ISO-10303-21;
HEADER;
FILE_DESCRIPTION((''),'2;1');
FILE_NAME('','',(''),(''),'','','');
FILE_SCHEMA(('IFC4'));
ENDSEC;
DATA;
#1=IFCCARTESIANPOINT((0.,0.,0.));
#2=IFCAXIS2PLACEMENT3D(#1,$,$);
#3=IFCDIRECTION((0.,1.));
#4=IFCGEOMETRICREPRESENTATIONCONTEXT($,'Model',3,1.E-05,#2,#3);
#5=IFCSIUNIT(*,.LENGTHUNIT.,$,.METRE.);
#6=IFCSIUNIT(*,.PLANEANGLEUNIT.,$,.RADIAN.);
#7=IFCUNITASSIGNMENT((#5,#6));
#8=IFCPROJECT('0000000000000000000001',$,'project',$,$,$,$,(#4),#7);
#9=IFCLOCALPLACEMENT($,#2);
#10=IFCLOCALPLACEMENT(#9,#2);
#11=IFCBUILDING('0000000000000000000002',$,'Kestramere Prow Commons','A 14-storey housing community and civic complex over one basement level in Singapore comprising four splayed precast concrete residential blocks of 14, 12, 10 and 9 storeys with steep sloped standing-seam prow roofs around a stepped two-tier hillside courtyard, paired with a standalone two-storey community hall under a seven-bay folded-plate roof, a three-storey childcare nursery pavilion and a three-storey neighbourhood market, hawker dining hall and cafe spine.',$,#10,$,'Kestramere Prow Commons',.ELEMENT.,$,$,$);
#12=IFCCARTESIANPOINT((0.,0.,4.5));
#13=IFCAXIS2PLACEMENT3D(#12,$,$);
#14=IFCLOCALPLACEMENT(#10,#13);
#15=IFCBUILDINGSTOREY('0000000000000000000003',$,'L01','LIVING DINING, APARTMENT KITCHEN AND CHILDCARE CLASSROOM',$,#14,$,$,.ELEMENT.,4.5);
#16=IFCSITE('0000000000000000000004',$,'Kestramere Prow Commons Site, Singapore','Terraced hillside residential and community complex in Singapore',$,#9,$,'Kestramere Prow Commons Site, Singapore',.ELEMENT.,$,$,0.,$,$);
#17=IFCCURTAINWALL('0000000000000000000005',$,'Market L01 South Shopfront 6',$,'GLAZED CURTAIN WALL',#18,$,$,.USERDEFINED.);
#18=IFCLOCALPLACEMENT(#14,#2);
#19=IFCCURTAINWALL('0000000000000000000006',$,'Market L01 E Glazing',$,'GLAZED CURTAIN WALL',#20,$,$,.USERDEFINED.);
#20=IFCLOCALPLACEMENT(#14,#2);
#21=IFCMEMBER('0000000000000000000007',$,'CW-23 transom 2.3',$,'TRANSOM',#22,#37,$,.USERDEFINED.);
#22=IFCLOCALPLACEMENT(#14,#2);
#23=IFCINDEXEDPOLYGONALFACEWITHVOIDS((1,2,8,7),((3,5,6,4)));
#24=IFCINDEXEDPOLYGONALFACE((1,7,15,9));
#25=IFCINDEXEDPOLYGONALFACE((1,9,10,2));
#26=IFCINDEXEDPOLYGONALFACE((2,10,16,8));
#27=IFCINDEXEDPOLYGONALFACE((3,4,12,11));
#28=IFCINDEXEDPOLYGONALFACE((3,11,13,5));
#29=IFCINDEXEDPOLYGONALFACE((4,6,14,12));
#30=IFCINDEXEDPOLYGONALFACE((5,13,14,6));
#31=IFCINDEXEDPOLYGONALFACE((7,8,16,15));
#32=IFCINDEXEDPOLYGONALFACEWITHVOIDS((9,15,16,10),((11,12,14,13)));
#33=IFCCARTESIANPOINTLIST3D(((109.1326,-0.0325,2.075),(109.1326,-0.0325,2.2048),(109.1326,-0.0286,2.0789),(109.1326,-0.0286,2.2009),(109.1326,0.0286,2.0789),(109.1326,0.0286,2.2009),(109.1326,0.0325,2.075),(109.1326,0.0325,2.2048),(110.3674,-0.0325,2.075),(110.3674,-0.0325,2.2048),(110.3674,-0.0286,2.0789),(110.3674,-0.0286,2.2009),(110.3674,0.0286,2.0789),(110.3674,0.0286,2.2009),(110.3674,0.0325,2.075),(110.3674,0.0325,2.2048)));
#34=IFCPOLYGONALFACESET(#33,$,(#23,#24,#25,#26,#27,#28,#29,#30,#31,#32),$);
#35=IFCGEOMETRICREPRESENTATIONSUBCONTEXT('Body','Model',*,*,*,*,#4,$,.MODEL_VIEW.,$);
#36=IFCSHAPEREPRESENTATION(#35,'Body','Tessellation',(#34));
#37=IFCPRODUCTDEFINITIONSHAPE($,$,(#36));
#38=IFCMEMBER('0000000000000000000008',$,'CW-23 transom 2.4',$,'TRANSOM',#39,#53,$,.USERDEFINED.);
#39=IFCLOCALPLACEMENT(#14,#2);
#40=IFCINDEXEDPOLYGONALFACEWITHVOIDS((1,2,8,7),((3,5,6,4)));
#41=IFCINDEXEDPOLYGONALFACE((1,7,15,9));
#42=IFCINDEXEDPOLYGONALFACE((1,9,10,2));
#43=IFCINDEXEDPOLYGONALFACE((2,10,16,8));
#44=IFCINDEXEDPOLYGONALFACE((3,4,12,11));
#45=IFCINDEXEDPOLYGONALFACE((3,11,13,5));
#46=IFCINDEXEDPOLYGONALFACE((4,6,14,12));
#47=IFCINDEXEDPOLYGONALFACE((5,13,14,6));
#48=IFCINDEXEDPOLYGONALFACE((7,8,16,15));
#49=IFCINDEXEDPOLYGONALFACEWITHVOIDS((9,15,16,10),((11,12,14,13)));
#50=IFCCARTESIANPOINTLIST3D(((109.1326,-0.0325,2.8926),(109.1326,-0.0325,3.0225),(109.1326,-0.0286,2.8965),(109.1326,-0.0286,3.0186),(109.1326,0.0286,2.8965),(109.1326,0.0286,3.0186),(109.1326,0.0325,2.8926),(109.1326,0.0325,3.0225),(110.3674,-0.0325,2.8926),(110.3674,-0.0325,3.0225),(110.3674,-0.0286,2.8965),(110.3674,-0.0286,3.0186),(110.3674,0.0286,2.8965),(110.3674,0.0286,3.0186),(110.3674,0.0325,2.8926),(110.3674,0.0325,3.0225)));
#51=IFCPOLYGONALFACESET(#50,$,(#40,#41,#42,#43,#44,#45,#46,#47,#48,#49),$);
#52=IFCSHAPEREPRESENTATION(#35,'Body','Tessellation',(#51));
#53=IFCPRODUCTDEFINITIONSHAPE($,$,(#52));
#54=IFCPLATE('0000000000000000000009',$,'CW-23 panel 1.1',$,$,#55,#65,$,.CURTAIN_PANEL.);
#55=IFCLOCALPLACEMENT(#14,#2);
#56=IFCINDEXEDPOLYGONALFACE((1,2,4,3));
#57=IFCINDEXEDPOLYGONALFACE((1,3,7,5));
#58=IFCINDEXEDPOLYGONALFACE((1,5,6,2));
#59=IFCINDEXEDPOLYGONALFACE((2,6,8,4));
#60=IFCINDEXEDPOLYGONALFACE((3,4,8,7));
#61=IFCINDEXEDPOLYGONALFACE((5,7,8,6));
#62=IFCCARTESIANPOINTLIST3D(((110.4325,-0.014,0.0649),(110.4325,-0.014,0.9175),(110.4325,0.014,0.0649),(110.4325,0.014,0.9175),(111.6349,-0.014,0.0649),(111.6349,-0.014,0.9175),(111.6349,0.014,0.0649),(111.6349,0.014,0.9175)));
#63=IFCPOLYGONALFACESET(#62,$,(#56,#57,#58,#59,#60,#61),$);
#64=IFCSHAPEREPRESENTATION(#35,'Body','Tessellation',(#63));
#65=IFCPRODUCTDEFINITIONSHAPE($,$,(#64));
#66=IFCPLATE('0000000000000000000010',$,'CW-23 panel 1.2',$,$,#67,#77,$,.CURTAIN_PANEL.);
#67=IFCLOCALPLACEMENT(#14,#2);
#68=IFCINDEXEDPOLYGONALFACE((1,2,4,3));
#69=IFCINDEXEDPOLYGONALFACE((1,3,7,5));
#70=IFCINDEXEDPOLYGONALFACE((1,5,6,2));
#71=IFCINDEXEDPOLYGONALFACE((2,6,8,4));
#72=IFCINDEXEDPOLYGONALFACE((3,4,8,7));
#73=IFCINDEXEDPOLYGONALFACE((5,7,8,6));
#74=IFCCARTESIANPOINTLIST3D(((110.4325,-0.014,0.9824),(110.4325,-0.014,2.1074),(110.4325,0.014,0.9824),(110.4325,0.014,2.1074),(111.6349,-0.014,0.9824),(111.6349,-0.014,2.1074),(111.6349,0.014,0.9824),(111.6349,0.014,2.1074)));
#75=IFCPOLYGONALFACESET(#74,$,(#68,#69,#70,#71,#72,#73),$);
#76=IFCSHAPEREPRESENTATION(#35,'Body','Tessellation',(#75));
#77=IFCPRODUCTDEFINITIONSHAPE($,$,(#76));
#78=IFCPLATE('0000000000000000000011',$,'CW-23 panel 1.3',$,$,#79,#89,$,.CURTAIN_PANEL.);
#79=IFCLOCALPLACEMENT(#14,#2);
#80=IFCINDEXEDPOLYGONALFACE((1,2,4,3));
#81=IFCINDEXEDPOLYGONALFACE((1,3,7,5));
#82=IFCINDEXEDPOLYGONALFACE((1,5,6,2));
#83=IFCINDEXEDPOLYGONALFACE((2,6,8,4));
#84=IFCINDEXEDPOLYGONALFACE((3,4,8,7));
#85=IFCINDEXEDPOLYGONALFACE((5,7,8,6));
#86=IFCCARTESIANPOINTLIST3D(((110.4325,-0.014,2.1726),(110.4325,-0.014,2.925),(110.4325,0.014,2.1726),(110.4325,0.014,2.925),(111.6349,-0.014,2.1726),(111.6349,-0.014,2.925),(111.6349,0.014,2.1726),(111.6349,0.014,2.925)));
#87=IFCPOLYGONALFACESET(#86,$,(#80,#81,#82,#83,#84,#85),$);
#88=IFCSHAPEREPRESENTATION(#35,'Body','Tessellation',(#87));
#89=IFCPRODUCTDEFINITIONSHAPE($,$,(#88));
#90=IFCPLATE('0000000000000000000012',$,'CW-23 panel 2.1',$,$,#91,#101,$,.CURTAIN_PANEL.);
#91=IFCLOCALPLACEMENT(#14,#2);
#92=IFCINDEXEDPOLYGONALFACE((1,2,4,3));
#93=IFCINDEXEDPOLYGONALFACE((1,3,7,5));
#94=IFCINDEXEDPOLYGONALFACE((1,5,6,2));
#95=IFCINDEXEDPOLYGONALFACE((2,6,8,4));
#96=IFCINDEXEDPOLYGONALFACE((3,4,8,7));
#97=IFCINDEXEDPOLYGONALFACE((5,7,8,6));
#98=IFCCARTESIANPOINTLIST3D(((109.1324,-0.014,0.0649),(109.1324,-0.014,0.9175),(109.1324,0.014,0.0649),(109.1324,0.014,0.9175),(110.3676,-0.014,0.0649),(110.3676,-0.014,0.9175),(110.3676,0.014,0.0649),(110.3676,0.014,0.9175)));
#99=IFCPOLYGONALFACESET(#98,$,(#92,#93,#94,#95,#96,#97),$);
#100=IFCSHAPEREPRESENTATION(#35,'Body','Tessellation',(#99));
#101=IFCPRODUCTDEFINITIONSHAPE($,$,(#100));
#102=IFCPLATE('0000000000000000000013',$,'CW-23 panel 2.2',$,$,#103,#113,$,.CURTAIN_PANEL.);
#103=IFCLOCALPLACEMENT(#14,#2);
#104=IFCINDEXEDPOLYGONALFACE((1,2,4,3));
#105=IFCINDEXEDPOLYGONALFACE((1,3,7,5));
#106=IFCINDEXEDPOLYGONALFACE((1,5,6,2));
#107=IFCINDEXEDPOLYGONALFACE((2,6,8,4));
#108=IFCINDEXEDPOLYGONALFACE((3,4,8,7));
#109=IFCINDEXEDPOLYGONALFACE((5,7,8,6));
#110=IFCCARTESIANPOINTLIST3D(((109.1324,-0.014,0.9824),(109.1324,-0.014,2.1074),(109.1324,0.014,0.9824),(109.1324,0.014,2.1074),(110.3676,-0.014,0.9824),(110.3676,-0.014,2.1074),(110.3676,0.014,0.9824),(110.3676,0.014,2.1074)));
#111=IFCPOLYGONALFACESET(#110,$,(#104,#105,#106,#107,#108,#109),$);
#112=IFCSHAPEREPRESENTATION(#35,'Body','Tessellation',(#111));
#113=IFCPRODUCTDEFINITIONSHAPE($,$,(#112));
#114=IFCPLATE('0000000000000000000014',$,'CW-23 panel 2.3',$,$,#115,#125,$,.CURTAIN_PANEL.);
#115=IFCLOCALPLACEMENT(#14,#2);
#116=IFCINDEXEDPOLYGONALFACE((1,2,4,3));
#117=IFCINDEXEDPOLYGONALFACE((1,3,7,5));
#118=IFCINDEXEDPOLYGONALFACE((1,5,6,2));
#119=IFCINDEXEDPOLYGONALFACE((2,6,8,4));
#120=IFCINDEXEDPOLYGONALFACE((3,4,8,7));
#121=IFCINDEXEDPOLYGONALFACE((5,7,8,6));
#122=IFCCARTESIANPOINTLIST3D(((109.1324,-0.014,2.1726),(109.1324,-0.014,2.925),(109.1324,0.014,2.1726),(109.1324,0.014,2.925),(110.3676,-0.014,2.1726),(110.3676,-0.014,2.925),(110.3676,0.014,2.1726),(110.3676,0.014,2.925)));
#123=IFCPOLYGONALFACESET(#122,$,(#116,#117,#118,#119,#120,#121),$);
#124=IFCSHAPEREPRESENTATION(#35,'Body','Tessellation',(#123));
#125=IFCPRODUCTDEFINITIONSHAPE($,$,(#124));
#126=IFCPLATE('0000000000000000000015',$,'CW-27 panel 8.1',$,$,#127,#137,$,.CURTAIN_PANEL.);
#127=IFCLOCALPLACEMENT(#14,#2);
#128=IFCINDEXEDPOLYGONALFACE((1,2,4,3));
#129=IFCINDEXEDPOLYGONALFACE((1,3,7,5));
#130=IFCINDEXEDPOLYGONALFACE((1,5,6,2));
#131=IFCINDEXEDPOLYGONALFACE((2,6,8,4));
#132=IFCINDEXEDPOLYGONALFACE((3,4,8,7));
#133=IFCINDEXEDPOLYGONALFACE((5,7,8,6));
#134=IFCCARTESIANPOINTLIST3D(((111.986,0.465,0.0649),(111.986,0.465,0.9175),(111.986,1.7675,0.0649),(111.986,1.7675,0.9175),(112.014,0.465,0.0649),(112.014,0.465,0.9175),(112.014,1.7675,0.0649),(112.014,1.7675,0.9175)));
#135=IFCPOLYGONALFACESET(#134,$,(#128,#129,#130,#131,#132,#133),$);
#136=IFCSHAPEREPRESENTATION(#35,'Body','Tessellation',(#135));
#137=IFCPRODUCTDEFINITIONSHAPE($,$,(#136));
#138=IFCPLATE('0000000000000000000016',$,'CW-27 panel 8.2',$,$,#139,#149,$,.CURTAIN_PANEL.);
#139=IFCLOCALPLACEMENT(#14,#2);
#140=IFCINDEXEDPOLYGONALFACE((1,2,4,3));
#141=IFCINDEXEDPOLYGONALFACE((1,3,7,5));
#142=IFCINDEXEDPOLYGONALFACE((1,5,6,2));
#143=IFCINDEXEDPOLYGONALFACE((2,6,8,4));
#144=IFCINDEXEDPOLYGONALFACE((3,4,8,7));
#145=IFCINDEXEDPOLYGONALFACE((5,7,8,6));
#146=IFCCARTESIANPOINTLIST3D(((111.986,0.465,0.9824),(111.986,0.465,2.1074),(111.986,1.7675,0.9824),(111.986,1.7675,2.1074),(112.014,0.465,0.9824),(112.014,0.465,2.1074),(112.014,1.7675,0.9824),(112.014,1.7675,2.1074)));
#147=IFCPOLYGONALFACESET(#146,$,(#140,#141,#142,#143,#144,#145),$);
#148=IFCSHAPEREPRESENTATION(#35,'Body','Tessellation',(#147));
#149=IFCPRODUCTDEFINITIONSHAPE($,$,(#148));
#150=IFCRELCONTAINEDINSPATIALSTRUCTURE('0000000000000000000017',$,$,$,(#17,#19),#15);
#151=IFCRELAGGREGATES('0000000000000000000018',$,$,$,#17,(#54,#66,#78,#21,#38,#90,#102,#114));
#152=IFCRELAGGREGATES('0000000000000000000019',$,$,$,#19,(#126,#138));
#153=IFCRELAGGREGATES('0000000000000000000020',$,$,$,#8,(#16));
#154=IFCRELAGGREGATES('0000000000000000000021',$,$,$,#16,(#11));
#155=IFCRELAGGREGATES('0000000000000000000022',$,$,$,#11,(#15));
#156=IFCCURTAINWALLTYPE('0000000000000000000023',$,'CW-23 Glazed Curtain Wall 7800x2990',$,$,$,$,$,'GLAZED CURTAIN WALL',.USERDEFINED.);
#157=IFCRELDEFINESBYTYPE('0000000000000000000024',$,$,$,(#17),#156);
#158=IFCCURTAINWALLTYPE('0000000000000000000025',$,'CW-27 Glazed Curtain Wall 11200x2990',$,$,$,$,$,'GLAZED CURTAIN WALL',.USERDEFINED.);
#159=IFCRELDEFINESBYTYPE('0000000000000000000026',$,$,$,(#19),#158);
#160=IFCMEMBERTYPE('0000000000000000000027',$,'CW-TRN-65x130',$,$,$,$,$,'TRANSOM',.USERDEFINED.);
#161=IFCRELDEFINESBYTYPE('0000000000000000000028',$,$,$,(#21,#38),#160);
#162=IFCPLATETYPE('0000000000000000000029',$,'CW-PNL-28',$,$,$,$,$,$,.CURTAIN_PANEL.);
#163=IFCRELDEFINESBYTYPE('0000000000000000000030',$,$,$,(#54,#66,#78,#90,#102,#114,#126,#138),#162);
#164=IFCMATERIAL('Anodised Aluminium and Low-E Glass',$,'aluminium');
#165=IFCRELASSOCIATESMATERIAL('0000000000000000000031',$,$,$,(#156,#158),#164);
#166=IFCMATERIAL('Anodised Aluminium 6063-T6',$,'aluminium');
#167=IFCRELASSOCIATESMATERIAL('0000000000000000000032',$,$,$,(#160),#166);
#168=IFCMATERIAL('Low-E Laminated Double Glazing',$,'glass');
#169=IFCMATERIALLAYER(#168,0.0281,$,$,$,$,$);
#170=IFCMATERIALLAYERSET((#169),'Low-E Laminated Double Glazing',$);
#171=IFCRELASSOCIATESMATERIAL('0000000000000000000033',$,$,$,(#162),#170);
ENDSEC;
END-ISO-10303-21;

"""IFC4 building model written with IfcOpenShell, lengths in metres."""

from ifc_helpers import new_model, si_unit, direction, frame, origin, origin_2d, place, context, subcontext, project, spatial, rectangle, hollow_rectangle, extrude, material, layer, layer_set, material_profile, profile_set, type_object, element, aggregate, save


model = new_model("IFC4")

# Units and contexts
model_context = context("Model", 3, precision=1e-05, world=origin(), true_north=direction((0.0, 1.0)))
body_context = subcontext(model_context, "Body", "Model", "MODEL_VIEW")
ifc_project = project(units=[si_unit("LENGTHUNIT", "METRE"), si_unit("PLANEANGLEUNIT", "RADIAN")], contexts=[model_context])

# Site, building, storey
site_placement = place(None, origin())
site = spatial("IfcSite", under=ifc_project, at=site_placement, Name="Kestramere Prow Commons Site, Singapore", Description="Terraced hillside residential and community complex in Singapore", LongName="Kestramere Prow Commons Site, Singapore", CompositionType="ELEMENT", RefElevation=0.0)
building_placement = place(site_placement, origin())
building = spatial("IfcBuilding", under=site, at=building_placement, Name="Kestramere Prow Commons", Description="A 14-storey housing community and civic complex over one basement level in Singapore comprising four splayed precast concrete residential blocks of 14, 12, 10 and 9 storeys with steep sloped standing-seam prow roofs around a stepped two-tier hillside courtyard, paired with a standalone two-storey community hall under a seven-bay folded-plate roof, a three-storey childcare nursery pavilion and a three-storey neighbourhood market, hawker dining hall and cafe spine.", LongName="Kestramere Prow Commons", CompositionType="ELEMENT")
storey_placement = place(building_placement, frame((0.0, 0.0, 4.5)))
storey = spatial("IfcBuildingStorey", under=building, at=storey_placement, Name="L01", Description="LIVING DINING, APARTMENT KITCHEN AND CHILDCARE CLASSROOM", CompositionType="ELEMENT", Elevation=4.5)

# Curtain wall
ifc_material_1 = material(Name="Anodised Aluminium and Low-E Glass", Category="aluminium")
curtain_wall_type_1 = type_object("IfcCurtainWallType", Name="CW-23 Glazed Curtain Wall 7800x2990", ElementType="GLAZED CURTAIN WALL", PredefinedType="USERDEFINED", material=ifc_material_1)
curtain_wall_1_placement = place(storey_placement, origin())
curtain_wall_1 = element("IfcCurtainWall", 1, at=curtain_wall_1_placement, inside=storey, type_object=curtain_wall_type_1, Name="Market L01 South Shopfront 6", ObjectType="GLAZED CURTAIN WALL", PredefinedType="USERDEFINED")
ifc_material_2 = material(Name="Anodised Aluminium 6063-T6", Category="aluminium")

# Curtain wall
curtain_wall_type_2 = type_object("IfcCurtainWallType", Name="CW-27 Glazed Curtain Wall 11200x2990", ElementType="GLAZED CURTAIN WALL", PredefinedType="USERDEFINED", material=ifc_material_1)
curtain_wall_2_placement = place(storey_placement, origin())
curtain_wall_2 = element("IfcCurtainWall", 2, at=curtain_wall_2_placement, inside=storey, type_object=curtain_wall_type_2, Name="Market L01 E Glazing", ObjectType="GLAZED CURTAIN WALL", PredefinedType="USERDEFINED")

# Members
ifc_material_profile_1 = material_profile(ifc_material_2, hollow_rectangle(XDim=0.0649, YDim=0.1299, WallThickness=0.0039, at=origin_2d()), Name="ALU-TRN 65x130")
ifc_profile_set_1 = profile_set([ifc_material_profile_1], Name="Anodised Aluminium 6063-T6")
member_type_1 = type_object("IfcMemberType", Name="CW-TRN-65x130", ElementType="TRANSOM", PredefinedType="USERDEFINED", material=ifc_profile_set_1)
member_1_placement = place(storey_placement, frame((110.3674, 0.0, 2.1399), z_axis=(-1.0, 0.0, 0.0), x_axis=(0.0, -1.0, 0.0)))
member_1 = element("IfcMember", 3, at=member_1_placement, type_object=member_type_1, Name="CW-23 transom 2.3", ObjectType="TRANSOM", PredefinedType="USERDEFINED", context=body_context, shape_type="SweptSolid", body=[
    extrude(hollow_rectangle(XDim=0.0649, YDim=0.1299, WallThickness=0.0039, at=origin_2d()), origin(), (0.0, 0.0, 1.0), 1.2349),
])
member_2_placement = place(storey_placement, frame((110.3674, 0.0, 2.9575), z_axis=(-1.0, 0.0, 0.0), x_axis=(0.0, -1.0, 0.0)))
member_2 = element("IfcMember", 4, at=member_2_placement, type_object=member_type_1, Name="CW-23 transom 2.4", ObjectType="TRANSOM", PredefinedType="USERDEFINED", context=body_context, shape_type="SweptSolid", body=[
    extrude(hollow_rectangle(XDim=0.0649, YDim=0.1299, WallThickness=0.0039, at=origin_2d()), origin(), (0.0, 0.0, 1.0), 1.2349),
])

# Plates
ifc_material_3 = material(Name="Low-E Laminated Double Glazing", Category="glass")
ifc_layer = layer(ifc_material_3, 0.0281)
ifc_layer_set = layer_set([ifc_layer], Name="Low-E Laminated Double Glazing")
plate_type = type_object("IfcPlateType", Name="CW-PNL-28", PredefinedType="CURTAIN_PANEL", material=ifc_layer_set)
plate_1_placement = place(storey_placement, frame((111.0337, 0.0, 0.0649), z_axis=(0.0, 0.0, 1.0), x_axis=(-1.0, 0.0, 0.0)))
plate_1 = element("IfcPlate", 5, at=plate_1_placement, type_object=plate_type, Name="CW-23 panel 1.1", PredefinedType="CURTAIN_PANEL", context=body_context, shape_type="SweptSolid", body=[
    extrude(rectangle(XDim=1.2024, YDim=0.0281, at=origin_2d()), origin(), (0.0, 0.0, 1.0), 0.8525),
])
plate_2_placement = place(storey_placement, frame((111.0337, 0.0, 0.9824), z_axis=(0.0, 0.0, 1.0), x_axis=(-1.0, 0.0, 0.0)))
plate_2 = element("IfcPlate", 6, at=plate_2_placement, type_object=plate_type, Name="CW-23 panel 1.2", PredefinedType="CURTAIN_PANEL", context=body_context, shape_type="SweptSolid", body=[
    extrude(rectangle(XDim=1.2024, YDim=0.0281, at=origin_2d()), origin(), (0.0, 0.0, 1.0), 1.125),
])
plate_3_placement = place(storey_placement, frame((111.0337, 0.0, 2.1726), z_axis=(0.0, 0.0, 1.0), x_axis=(-1.0, 0.0, 0.0)))
plate_3 = element("IfcPlate", 7, at=plate_3_placement, type_object=plate_type, Name="CW-23 panel 1.3", PredefinedType="CURTAIN_PANEL", context=body_context, shape_type="SweptSolid", body=[
    extrude(rectangle(XDim=1.2024, YDim=0.0281, at=origin_2d()), origin(), (0.0, 0.0, 1.0), 0.7524),
])
plate_4_placement = place(storey_placement, frame((109.75, 0.0, 0.0649), z_axis=(0.0, 0.0, 1.0), x_axis=(-1.0, 0.0, 0.0)))
plate_4 = element("IfcPlate", 8, at=plate_4_placement, type_object=plate_type, Name="CW-23 panel 2.1", PredefinedType="CURTAIN_PANEL", context=body_context, shape_type="SweptSolid", body=[
    extrude(rectangle(XDim=1.2351, YDim=0.0281, at=origin_2d()), origin(), (0.0, 0.0, 1.0), 0.8525),
])
plate_5_placement = place(storey_placement, frame((109.75, 0.0, 0.9824), z_axis=(0.0, 0.0, 1.0), x_axis=(-1.0, 0.0, 0.0)))
plate_5 = element("IfcPlate", 9, at=plate_5_placement, type_object=plate_type, Name="CW-23 panel 2.2", PredefinedType="CURTAIN_PANEL", context=body_context, shape_type="SweptSolid", body=[
    extrude(rectangle(XDim=1.2351, YDim=0.0281, at=origin_2d()), origin(), (0.0, 0.0, 1.0), 1.125),
])
plate_6_placement = place(storey_placement, frame((109.75, 0.0, 2.1726), z_axis=(0.0, 0.0, 1.0), x_axis=(-1.0, 0.0, 0.0)))
plate_6 = element("IfcPlate", 10, at=plate_6_placement, type_object=plate_type, Name="CW-23 panel 2.3", PredefinedType="CURTAIN_PANEL", context=body_context, shape_type="SweptSolid", body=[
    extrude(rectangle(XDim=1.2351, YDim=0.0281, at=origin_2d()), origin(), (0.0, 0.0, 1.0), 0.7524),
])
aggregate(curtain_wall_1, [plate_1, plate_2, plate_3, member_1, member_2, plate_4, plate_5, plate_6])
plate_7_placement = place(storey_placement, frame((112.0, 1.1162, 0.0649), z_axis=(0.0, 0.0, 1.0), x_axis=(0.0, -1.0, 0.0)))
plate_7 = element("IfcPlate", 11, at=plate_7_placement, type_object=plate_type, Name="CW-27 panel 8.1", PredefinedType="CURTAIN_PANEL", context=body_context, shape_type="SweptSolid", body=[
    extrude(rectangle(XDim=1.3025, YDim=0.0281, at=origin_2d()), origin(), (0.0, 0.0, 1.0), 0.8525),
])
plate_8_placement = place(storey_placement, frame((112.0, 1.1162, 0.9824), z_axis=(0.0, 0.0, 1.0), x_axis=(0.0, -1.0, 0.0)))
plate_8 = element("IfcPlate", 12, at=plate_8_placement, type_object=plate_type, Name="CW-27 panel 8.2", PredefinedType="CURTAIN_PANEL", context=body_context, shape_type="SweptSolid", body=[
    extrude(rectangle(XDim=1.3025, YDim=0.0281, at=origin_2d()), origin(), (0.0, 0.0, 1.0), 1.125),
])
aggregate(curtain_wall_2, [plate_7, plate_8])

save(model, "model.ifc")
